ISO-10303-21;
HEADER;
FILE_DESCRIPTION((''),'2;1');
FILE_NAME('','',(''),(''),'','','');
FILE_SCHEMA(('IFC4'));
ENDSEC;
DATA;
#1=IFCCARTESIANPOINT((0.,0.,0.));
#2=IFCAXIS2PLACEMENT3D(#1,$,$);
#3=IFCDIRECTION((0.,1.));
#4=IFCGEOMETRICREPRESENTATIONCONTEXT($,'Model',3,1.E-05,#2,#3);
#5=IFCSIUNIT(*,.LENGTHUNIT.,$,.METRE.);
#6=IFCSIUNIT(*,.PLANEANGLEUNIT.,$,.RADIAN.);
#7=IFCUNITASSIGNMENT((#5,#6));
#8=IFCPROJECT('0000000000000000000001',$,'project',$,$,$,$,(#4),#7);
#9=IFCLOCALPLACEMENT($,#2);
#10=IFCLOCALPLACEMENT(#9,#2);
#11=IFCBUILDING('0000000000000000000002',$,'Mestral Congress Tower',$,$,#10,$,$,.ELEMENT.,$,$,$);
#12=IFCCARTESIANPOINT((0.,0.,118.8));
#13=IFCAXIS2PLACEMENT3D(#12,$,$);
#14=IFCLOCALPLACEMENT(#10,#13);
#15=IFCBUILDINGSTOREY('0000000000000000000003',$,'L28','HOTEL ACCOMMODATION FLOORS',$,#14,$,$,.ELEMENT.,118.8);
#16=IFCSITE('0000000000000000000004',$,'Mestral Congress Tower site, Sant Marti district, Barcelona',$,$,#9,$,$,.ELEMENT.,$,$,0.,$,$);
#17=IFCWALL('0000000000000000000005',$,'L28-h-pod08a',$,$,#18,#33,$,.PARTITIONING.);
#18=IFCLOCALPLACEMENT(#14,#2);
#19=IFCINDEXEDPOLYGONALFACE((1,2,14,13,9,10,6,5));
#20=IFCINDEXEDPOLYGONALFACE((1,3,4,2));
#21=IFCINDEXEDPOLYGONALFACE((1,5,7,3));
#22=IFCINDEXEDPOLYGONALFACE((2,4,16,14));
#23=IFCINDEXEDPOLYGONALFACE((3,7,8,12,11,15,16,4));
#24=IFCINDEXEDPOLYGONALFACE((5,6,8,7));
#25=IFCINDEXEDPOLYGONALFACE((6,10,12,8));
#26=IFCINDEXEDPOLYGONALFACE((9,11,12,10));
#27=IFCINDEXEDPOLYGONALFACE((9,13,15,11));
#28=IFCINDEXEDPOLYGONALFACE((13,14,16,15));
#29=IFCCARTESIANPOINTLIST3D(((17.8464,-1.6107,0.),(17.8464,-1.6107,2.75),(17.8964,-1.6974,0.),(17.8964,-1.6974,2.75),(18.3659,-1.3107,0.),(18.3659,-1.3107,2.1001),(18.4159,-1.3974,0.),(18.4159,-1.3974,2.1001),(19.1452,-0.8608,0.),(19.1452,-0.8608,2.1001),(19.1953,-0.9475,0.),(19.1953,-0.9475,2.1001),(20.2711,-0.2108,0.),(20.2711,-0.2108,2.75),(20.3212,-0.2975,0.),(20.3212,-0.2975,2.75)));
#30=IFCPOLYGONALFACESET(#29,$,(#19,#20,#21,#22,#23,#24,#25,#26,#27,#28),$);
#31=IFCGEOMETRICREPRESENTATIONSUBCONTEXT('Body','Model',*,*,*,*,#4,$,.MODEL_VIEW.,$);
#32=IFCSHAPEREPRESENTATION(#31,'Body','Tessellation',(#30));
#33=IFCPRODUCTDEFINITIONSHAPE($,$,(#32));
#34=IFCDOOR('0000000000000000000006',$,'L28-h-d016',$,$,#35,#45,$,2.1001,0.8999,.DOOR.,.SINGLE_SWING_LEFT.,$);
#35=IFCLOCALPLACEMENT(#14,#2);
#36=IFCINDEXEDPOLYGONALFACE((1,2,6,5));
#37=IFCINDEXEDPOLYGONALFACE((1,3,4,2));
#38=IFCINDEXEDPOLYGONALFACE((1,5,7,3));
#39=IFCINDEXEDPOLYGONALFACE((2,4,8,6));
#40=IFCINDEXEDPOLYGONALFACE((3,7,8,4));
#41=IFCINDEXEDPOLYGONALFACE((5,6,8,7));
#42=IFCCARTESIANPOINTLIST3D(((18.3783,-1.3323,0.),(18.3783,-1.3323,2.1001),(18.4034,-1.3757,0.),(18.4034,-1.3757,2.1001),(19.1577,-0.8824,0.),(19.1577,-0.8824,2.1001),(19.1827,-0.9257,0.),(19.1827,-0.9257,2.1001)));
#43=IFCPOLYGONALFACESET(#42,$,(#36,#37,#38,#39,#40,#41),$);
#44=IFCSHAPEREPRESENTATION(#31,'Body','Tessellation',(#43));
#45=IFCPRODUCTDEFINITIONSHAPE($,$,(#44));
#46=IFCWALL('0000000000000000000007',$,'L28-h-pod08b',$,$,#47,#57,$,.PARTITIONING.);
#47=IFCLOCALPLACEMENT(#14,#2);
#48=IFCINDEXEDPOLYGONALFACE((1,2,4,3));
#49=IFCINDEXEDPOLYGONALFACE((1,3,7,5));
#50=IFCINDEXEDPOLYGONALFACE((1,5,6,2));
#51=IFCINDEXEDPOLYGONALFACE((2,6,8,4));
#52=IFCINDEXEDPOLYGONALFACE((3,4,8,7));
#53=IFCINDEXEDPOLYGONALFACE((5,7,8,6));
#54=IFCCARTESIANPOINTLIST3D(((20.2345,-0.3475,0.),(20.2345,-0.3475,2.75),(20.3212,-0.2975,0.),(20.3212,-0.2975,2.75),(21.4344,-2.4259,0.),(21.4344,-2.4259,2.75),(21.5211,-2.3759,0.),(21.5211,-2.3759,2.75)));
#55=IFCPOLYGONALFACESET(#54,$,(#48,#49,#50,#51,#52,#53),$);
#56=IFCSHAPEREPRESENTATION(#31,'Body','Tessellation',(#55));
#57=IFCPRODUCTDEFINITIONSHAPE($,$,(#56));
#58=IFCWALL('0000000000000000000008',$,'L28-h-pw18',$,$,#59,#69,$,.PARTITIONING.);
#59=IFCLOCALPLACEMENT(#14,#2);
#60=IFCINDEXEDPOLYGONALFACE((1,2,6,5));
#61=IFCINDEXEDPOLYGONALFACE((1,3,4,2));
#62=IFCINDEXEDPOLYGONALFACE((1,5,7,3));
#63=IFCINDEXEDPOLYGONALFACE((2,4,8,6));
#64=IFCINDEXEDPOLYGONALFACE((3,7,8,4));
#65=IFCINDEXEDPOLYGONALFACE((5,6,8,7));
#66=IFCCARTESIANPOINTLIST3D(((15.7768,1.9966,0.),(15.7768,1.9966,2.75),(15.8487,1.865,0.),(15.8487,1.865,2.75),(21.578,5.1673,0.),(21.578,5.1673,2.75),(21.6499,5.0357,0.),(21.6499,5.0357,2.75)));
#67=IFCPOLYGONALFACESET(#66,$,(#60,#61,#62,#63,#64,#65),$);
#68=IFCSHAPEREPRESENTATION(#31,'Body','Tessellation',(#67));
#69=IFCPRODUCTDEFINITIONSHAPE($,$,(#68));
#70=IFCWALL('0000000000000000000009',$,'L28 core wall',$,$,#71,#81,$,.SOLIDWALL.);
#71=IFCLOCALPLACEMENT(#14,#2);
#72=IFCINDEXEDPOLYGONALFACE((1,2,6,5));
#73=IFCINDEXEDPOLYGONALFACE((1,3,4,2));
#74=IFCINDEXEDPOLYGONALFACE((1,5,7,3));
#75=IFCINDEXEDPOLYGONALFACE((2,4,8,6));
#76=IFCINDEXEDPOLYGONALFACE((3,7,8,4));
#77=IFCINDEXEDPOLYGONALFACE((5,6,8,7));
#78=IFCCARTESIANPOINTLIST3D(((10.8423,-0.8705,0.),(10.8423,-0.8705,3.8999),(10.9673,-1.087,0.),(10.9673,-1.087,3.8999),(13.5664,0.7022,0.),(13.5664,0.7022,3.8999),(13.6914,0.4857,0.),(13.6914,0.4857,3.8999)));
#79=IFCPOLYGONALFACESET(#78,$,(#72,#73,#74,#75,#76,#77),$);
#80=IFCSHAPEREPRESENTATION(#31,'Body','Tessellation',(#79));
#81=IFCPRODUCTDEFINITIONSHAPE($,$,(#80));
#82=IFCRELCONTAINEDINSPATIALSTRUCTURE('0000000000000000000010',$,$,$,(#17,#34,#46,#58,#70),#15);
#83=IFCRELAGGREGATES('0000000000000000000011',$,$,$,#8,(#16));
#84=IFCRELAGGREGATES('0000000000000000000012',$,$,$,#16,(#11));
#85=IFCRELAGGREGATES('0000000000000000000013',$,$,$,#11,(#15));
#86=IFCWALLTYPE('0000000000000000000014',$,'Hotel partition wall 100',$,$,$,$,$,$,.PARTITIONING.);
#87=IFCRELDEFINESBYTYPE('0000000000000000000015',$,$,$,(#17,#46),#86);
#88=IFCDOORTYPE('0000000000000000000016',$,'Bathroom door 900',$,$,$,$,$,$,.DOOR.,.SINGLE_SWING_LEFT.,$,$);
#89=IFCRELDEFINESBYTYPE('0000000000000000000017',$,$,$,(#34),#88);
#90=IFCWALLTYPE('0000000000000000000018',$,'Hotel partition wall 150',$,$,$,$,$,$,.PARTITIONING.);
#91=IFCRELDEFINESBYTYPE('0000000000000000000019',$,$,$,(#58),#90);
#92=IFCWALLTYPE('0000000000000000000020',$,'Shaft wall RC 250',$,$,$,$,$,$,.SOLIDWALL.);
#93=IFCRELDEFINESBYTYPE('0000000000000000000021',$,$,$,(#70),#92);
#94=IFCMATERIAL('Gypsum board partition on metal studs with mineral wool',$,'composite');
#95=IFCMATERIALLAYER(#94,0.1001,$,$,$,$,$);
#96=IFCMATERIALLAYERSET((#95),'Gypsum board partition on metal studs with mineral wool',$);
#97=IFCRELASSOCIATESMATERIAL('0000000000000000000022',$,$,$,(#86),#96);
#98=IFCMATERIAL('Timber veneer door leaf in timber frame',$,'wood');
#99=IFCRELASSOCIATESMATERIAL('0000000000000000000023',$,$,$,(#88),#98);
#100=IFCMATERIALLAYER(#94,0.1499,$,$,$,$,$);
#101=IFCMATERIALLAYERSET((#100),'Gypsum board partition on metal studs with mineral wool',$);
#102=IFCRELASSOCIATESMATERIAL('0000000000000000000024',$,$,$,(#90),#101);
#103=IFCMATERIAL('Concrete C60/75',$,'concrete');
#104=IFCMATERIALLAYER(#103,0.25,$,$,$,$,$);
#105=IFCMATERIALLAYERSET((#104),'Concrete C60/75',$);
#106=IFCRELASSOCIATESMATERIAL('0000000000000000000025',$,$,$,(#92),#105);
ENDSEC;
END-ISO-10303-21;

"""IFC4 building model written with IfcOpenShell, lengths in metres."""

from ifc_helpers import new_model, si_unit, direction, frame, frame_2d, origin, place, context, subcontext, project, spatial, rectangle, extrude, material, layer, layer_set, type_object, element, fill, save


model = new_model("IFC4")

# Units and contexts
model_context = context("Model", 3, precision=1e-05, world=origin(), true_north=direction((0.0, 1.0)))
body_context = subcontext(model_context, "Body", "Model", "MODEL_VIEW")
ifc_project = project(units=[si_unit("LENGTHUNIT", "METRE"), si_unit("PLANEANGLEUNIT", "RADIAN")], contexts=[model_context])

# Site, building, storey
site_placement = place(None, origin())
site = spatial("IfcSite", under=ifc_project, at=site_placement, Name="Mestral Congress Tower site, Sant Marti district, Barcelona", CompositionType="ELEMENT", RefElevation=0.0)
building_placement = place(site_placement, origin())
building = spatial("IfcBuilding", under=site, at=building_placement, Name="Mestral Congress Tower", CompositionType="ELEMENT")
storey_placement = place(building_placement, frame((0.0, 0.0, 118.8)))
storey = spatial("IfcBuildingStorey", under=building, at=storey_placement, Name="L28", Description="HOTEL ACCOMMODATION FLOORS", CompositionType="ELEMENT", Elevation=118.8)

# Wall, opening, door
ifc_material_1 = material(Name="Gypsum board partition on metal studs with mineral wool", Category="composite")
ifc_layer_1 = layer(ifc_material_1, 0.1001)
ifc_layer_set_1 = layer_set([ifc_layer_1], Name="Gypsum board partition on metal studs with mineral wool")
wall_type_1 = type_object("IfcWallType", Name="Hotel partition wall 100", PredefinedType="PARTITIONING", material=ifc_layer_set_1)
wall_1_placement = place(storey_placement, frame((20.2961, -0.2542, 0.0), z_axis=(0.0, 0.0, 1.0), x_axis=(-0.866035, -0.499984, 0.0)))
wall_1 = element("IfcWall", 1, at=wall_1_placement, inside=storey, type_object=wall_type_1, Name="L28-h-pod08a", PredefinedType="PARTITIONING", context=body_context, shape_type="SweptSolid", body=[
    extrude(rectangle(XDim=2.7998, YDim=0.1001, at=frame_2d((1.3999, 0.0))), origin(), (0.0, 0.0, 1.0), 2.75),
])
opening_1_placement = place(wall_1_placement, frame((1.3, 0.0, 0.0)))
opening_1 = element("IfcOpeningElement", 2, at=opening_1_placement, cuts=wall_1, PredefinedType="OPENING", context=body_context, shape_type="SweptSolid", body=[
    extrude(rectangle(XDim=0.8999, YDim=2.1001, at=frame_2d((0.45, 1.05))), frame((0.0, 0.0601, 0.0), z_axis=(0.0, -1.0, 0.0), x_axis=(1.0, 0.0, 0.0)), (0.0, 0.0, 1.0), 0.1201),
])
ifc_material_2 = material(Name="Timber veneer door leaf in timber frame", Category="wood")
door_type = type_object("IfcDoorType", Name="Bathroom door 900", OperationType="SINGLE_SWING_LEFT", PredefinedType="DOOR", material=ifc_material_2)
door_placement = place(opening_1_placement, origin())
door = element("IfcDoor", 3, at=door_placement, inside=storey, type_object=door_type, Name="L28-h-d016", OperationType="SINGLE_SWING_LEFT", OverallHeight=2.1001, OverallWidth=0.8999, PredefinedType="DOOR", context=body_context, shape_type="SweptSolid", body=[
    extrude(rectangle(XDim=0.8999, YDim=2.1001, at=frame_2d((0.45, 1.05))), frame((0.0, 0.0249, 0.0), z_axis=(0.0, -1.0, 0.0), x_axis=(1.0, 0.0, 0.0)), (0.0, 0.0, 1.0), 0.05),
])
fill(opening_1, door)

# Walls
wall_2_placement = place(storey_placement, frame((20.2778, -0.3225, 0.0), z_axis=(0.0, 0.0, 1.0), x_axis=(0.500001, -0.866025, 0.0)))
element("IfcWall", 4, at=wall_2_placement, inside=storey, type_object=wall_type_1, Name="L28-h-pod08b", PredefinedType="PARTITIONING", context=body_context, shape_type="SweptSolid", body=[
    extrude(rectangle(XDim=2.3999, YDim=0.1001, at=frame_2d((1.2, 0.0))), origin(), (0.0, 0.0, 1.0), 2.75),
])
ifc_layer_2 = layer(ifc_material_1, 0.1499)
ifc_layer_set_2 = layer_set([ifc_layer_2], Name="Gypsum board partition on metal studs with mineral wool")
wall_type_2 = type_object("IfcWallType", Name="Hotel partition wall 150", PredefinedType="PARTITIONING", material=ifc_layer_set_2)
wall_3_placement = place(storey_placement, frame((21.614, 5.1016, 0.0), z_axis=(0.0, 0.0, 1.0), x_axis=(-0.877485, -0.479605, 0.0)))
element("IfcWall", 5, at=wall_3_placement, inside=storey, type_object=wall_type_2, Name="L28-h-pw18", PredefinedType="PARTITIONING", context=body_context, shape_type="SweptSolid", body=[
    extrude(rectangle(XDim=6.6111, YDim=0.1499, at=frame_2d((3.3057, 0.0))), origin(), (0.0, 0.0, 1.0), 2.75),
])
ifc_material_3 = material(Name="Concrete C60/75", Category="concrete")
ifc_layer_3 = layer(ifc_material_3, 0.25)
ifc_layer_set_3 = layer_set([ifc_layer_3], Name="Concrete C60/75")
wall_type_3 = type_object("IfcWallType", Name="Shaft wall RC 250", PredefinedType="SOLIDWALL", material=ifc_layer_set_3)
wall_4_placement = place(storey_placement, frame((13.6289, 0.594, 0.0), z_axis=(0.0, 0.0, 1.0), x_axis=(-0.866028, -0.499996, 0.0)))
element("IfcWall", 6, at=wall_4_placement, inside=storey, type_object=wall_type_3, Name="L28 core wall", PredefinedType="SOLIDWALL", context=body_context, shape_type="SweptSolid", body=[
    extrude(rectangle(XDim=3.1455, YDim=0.25, at=frame_2d((1.5728, 0.0))), origin(), (0.0, 0.0, 1.0), 3.8999),
])

save(model, "model.ifc")
